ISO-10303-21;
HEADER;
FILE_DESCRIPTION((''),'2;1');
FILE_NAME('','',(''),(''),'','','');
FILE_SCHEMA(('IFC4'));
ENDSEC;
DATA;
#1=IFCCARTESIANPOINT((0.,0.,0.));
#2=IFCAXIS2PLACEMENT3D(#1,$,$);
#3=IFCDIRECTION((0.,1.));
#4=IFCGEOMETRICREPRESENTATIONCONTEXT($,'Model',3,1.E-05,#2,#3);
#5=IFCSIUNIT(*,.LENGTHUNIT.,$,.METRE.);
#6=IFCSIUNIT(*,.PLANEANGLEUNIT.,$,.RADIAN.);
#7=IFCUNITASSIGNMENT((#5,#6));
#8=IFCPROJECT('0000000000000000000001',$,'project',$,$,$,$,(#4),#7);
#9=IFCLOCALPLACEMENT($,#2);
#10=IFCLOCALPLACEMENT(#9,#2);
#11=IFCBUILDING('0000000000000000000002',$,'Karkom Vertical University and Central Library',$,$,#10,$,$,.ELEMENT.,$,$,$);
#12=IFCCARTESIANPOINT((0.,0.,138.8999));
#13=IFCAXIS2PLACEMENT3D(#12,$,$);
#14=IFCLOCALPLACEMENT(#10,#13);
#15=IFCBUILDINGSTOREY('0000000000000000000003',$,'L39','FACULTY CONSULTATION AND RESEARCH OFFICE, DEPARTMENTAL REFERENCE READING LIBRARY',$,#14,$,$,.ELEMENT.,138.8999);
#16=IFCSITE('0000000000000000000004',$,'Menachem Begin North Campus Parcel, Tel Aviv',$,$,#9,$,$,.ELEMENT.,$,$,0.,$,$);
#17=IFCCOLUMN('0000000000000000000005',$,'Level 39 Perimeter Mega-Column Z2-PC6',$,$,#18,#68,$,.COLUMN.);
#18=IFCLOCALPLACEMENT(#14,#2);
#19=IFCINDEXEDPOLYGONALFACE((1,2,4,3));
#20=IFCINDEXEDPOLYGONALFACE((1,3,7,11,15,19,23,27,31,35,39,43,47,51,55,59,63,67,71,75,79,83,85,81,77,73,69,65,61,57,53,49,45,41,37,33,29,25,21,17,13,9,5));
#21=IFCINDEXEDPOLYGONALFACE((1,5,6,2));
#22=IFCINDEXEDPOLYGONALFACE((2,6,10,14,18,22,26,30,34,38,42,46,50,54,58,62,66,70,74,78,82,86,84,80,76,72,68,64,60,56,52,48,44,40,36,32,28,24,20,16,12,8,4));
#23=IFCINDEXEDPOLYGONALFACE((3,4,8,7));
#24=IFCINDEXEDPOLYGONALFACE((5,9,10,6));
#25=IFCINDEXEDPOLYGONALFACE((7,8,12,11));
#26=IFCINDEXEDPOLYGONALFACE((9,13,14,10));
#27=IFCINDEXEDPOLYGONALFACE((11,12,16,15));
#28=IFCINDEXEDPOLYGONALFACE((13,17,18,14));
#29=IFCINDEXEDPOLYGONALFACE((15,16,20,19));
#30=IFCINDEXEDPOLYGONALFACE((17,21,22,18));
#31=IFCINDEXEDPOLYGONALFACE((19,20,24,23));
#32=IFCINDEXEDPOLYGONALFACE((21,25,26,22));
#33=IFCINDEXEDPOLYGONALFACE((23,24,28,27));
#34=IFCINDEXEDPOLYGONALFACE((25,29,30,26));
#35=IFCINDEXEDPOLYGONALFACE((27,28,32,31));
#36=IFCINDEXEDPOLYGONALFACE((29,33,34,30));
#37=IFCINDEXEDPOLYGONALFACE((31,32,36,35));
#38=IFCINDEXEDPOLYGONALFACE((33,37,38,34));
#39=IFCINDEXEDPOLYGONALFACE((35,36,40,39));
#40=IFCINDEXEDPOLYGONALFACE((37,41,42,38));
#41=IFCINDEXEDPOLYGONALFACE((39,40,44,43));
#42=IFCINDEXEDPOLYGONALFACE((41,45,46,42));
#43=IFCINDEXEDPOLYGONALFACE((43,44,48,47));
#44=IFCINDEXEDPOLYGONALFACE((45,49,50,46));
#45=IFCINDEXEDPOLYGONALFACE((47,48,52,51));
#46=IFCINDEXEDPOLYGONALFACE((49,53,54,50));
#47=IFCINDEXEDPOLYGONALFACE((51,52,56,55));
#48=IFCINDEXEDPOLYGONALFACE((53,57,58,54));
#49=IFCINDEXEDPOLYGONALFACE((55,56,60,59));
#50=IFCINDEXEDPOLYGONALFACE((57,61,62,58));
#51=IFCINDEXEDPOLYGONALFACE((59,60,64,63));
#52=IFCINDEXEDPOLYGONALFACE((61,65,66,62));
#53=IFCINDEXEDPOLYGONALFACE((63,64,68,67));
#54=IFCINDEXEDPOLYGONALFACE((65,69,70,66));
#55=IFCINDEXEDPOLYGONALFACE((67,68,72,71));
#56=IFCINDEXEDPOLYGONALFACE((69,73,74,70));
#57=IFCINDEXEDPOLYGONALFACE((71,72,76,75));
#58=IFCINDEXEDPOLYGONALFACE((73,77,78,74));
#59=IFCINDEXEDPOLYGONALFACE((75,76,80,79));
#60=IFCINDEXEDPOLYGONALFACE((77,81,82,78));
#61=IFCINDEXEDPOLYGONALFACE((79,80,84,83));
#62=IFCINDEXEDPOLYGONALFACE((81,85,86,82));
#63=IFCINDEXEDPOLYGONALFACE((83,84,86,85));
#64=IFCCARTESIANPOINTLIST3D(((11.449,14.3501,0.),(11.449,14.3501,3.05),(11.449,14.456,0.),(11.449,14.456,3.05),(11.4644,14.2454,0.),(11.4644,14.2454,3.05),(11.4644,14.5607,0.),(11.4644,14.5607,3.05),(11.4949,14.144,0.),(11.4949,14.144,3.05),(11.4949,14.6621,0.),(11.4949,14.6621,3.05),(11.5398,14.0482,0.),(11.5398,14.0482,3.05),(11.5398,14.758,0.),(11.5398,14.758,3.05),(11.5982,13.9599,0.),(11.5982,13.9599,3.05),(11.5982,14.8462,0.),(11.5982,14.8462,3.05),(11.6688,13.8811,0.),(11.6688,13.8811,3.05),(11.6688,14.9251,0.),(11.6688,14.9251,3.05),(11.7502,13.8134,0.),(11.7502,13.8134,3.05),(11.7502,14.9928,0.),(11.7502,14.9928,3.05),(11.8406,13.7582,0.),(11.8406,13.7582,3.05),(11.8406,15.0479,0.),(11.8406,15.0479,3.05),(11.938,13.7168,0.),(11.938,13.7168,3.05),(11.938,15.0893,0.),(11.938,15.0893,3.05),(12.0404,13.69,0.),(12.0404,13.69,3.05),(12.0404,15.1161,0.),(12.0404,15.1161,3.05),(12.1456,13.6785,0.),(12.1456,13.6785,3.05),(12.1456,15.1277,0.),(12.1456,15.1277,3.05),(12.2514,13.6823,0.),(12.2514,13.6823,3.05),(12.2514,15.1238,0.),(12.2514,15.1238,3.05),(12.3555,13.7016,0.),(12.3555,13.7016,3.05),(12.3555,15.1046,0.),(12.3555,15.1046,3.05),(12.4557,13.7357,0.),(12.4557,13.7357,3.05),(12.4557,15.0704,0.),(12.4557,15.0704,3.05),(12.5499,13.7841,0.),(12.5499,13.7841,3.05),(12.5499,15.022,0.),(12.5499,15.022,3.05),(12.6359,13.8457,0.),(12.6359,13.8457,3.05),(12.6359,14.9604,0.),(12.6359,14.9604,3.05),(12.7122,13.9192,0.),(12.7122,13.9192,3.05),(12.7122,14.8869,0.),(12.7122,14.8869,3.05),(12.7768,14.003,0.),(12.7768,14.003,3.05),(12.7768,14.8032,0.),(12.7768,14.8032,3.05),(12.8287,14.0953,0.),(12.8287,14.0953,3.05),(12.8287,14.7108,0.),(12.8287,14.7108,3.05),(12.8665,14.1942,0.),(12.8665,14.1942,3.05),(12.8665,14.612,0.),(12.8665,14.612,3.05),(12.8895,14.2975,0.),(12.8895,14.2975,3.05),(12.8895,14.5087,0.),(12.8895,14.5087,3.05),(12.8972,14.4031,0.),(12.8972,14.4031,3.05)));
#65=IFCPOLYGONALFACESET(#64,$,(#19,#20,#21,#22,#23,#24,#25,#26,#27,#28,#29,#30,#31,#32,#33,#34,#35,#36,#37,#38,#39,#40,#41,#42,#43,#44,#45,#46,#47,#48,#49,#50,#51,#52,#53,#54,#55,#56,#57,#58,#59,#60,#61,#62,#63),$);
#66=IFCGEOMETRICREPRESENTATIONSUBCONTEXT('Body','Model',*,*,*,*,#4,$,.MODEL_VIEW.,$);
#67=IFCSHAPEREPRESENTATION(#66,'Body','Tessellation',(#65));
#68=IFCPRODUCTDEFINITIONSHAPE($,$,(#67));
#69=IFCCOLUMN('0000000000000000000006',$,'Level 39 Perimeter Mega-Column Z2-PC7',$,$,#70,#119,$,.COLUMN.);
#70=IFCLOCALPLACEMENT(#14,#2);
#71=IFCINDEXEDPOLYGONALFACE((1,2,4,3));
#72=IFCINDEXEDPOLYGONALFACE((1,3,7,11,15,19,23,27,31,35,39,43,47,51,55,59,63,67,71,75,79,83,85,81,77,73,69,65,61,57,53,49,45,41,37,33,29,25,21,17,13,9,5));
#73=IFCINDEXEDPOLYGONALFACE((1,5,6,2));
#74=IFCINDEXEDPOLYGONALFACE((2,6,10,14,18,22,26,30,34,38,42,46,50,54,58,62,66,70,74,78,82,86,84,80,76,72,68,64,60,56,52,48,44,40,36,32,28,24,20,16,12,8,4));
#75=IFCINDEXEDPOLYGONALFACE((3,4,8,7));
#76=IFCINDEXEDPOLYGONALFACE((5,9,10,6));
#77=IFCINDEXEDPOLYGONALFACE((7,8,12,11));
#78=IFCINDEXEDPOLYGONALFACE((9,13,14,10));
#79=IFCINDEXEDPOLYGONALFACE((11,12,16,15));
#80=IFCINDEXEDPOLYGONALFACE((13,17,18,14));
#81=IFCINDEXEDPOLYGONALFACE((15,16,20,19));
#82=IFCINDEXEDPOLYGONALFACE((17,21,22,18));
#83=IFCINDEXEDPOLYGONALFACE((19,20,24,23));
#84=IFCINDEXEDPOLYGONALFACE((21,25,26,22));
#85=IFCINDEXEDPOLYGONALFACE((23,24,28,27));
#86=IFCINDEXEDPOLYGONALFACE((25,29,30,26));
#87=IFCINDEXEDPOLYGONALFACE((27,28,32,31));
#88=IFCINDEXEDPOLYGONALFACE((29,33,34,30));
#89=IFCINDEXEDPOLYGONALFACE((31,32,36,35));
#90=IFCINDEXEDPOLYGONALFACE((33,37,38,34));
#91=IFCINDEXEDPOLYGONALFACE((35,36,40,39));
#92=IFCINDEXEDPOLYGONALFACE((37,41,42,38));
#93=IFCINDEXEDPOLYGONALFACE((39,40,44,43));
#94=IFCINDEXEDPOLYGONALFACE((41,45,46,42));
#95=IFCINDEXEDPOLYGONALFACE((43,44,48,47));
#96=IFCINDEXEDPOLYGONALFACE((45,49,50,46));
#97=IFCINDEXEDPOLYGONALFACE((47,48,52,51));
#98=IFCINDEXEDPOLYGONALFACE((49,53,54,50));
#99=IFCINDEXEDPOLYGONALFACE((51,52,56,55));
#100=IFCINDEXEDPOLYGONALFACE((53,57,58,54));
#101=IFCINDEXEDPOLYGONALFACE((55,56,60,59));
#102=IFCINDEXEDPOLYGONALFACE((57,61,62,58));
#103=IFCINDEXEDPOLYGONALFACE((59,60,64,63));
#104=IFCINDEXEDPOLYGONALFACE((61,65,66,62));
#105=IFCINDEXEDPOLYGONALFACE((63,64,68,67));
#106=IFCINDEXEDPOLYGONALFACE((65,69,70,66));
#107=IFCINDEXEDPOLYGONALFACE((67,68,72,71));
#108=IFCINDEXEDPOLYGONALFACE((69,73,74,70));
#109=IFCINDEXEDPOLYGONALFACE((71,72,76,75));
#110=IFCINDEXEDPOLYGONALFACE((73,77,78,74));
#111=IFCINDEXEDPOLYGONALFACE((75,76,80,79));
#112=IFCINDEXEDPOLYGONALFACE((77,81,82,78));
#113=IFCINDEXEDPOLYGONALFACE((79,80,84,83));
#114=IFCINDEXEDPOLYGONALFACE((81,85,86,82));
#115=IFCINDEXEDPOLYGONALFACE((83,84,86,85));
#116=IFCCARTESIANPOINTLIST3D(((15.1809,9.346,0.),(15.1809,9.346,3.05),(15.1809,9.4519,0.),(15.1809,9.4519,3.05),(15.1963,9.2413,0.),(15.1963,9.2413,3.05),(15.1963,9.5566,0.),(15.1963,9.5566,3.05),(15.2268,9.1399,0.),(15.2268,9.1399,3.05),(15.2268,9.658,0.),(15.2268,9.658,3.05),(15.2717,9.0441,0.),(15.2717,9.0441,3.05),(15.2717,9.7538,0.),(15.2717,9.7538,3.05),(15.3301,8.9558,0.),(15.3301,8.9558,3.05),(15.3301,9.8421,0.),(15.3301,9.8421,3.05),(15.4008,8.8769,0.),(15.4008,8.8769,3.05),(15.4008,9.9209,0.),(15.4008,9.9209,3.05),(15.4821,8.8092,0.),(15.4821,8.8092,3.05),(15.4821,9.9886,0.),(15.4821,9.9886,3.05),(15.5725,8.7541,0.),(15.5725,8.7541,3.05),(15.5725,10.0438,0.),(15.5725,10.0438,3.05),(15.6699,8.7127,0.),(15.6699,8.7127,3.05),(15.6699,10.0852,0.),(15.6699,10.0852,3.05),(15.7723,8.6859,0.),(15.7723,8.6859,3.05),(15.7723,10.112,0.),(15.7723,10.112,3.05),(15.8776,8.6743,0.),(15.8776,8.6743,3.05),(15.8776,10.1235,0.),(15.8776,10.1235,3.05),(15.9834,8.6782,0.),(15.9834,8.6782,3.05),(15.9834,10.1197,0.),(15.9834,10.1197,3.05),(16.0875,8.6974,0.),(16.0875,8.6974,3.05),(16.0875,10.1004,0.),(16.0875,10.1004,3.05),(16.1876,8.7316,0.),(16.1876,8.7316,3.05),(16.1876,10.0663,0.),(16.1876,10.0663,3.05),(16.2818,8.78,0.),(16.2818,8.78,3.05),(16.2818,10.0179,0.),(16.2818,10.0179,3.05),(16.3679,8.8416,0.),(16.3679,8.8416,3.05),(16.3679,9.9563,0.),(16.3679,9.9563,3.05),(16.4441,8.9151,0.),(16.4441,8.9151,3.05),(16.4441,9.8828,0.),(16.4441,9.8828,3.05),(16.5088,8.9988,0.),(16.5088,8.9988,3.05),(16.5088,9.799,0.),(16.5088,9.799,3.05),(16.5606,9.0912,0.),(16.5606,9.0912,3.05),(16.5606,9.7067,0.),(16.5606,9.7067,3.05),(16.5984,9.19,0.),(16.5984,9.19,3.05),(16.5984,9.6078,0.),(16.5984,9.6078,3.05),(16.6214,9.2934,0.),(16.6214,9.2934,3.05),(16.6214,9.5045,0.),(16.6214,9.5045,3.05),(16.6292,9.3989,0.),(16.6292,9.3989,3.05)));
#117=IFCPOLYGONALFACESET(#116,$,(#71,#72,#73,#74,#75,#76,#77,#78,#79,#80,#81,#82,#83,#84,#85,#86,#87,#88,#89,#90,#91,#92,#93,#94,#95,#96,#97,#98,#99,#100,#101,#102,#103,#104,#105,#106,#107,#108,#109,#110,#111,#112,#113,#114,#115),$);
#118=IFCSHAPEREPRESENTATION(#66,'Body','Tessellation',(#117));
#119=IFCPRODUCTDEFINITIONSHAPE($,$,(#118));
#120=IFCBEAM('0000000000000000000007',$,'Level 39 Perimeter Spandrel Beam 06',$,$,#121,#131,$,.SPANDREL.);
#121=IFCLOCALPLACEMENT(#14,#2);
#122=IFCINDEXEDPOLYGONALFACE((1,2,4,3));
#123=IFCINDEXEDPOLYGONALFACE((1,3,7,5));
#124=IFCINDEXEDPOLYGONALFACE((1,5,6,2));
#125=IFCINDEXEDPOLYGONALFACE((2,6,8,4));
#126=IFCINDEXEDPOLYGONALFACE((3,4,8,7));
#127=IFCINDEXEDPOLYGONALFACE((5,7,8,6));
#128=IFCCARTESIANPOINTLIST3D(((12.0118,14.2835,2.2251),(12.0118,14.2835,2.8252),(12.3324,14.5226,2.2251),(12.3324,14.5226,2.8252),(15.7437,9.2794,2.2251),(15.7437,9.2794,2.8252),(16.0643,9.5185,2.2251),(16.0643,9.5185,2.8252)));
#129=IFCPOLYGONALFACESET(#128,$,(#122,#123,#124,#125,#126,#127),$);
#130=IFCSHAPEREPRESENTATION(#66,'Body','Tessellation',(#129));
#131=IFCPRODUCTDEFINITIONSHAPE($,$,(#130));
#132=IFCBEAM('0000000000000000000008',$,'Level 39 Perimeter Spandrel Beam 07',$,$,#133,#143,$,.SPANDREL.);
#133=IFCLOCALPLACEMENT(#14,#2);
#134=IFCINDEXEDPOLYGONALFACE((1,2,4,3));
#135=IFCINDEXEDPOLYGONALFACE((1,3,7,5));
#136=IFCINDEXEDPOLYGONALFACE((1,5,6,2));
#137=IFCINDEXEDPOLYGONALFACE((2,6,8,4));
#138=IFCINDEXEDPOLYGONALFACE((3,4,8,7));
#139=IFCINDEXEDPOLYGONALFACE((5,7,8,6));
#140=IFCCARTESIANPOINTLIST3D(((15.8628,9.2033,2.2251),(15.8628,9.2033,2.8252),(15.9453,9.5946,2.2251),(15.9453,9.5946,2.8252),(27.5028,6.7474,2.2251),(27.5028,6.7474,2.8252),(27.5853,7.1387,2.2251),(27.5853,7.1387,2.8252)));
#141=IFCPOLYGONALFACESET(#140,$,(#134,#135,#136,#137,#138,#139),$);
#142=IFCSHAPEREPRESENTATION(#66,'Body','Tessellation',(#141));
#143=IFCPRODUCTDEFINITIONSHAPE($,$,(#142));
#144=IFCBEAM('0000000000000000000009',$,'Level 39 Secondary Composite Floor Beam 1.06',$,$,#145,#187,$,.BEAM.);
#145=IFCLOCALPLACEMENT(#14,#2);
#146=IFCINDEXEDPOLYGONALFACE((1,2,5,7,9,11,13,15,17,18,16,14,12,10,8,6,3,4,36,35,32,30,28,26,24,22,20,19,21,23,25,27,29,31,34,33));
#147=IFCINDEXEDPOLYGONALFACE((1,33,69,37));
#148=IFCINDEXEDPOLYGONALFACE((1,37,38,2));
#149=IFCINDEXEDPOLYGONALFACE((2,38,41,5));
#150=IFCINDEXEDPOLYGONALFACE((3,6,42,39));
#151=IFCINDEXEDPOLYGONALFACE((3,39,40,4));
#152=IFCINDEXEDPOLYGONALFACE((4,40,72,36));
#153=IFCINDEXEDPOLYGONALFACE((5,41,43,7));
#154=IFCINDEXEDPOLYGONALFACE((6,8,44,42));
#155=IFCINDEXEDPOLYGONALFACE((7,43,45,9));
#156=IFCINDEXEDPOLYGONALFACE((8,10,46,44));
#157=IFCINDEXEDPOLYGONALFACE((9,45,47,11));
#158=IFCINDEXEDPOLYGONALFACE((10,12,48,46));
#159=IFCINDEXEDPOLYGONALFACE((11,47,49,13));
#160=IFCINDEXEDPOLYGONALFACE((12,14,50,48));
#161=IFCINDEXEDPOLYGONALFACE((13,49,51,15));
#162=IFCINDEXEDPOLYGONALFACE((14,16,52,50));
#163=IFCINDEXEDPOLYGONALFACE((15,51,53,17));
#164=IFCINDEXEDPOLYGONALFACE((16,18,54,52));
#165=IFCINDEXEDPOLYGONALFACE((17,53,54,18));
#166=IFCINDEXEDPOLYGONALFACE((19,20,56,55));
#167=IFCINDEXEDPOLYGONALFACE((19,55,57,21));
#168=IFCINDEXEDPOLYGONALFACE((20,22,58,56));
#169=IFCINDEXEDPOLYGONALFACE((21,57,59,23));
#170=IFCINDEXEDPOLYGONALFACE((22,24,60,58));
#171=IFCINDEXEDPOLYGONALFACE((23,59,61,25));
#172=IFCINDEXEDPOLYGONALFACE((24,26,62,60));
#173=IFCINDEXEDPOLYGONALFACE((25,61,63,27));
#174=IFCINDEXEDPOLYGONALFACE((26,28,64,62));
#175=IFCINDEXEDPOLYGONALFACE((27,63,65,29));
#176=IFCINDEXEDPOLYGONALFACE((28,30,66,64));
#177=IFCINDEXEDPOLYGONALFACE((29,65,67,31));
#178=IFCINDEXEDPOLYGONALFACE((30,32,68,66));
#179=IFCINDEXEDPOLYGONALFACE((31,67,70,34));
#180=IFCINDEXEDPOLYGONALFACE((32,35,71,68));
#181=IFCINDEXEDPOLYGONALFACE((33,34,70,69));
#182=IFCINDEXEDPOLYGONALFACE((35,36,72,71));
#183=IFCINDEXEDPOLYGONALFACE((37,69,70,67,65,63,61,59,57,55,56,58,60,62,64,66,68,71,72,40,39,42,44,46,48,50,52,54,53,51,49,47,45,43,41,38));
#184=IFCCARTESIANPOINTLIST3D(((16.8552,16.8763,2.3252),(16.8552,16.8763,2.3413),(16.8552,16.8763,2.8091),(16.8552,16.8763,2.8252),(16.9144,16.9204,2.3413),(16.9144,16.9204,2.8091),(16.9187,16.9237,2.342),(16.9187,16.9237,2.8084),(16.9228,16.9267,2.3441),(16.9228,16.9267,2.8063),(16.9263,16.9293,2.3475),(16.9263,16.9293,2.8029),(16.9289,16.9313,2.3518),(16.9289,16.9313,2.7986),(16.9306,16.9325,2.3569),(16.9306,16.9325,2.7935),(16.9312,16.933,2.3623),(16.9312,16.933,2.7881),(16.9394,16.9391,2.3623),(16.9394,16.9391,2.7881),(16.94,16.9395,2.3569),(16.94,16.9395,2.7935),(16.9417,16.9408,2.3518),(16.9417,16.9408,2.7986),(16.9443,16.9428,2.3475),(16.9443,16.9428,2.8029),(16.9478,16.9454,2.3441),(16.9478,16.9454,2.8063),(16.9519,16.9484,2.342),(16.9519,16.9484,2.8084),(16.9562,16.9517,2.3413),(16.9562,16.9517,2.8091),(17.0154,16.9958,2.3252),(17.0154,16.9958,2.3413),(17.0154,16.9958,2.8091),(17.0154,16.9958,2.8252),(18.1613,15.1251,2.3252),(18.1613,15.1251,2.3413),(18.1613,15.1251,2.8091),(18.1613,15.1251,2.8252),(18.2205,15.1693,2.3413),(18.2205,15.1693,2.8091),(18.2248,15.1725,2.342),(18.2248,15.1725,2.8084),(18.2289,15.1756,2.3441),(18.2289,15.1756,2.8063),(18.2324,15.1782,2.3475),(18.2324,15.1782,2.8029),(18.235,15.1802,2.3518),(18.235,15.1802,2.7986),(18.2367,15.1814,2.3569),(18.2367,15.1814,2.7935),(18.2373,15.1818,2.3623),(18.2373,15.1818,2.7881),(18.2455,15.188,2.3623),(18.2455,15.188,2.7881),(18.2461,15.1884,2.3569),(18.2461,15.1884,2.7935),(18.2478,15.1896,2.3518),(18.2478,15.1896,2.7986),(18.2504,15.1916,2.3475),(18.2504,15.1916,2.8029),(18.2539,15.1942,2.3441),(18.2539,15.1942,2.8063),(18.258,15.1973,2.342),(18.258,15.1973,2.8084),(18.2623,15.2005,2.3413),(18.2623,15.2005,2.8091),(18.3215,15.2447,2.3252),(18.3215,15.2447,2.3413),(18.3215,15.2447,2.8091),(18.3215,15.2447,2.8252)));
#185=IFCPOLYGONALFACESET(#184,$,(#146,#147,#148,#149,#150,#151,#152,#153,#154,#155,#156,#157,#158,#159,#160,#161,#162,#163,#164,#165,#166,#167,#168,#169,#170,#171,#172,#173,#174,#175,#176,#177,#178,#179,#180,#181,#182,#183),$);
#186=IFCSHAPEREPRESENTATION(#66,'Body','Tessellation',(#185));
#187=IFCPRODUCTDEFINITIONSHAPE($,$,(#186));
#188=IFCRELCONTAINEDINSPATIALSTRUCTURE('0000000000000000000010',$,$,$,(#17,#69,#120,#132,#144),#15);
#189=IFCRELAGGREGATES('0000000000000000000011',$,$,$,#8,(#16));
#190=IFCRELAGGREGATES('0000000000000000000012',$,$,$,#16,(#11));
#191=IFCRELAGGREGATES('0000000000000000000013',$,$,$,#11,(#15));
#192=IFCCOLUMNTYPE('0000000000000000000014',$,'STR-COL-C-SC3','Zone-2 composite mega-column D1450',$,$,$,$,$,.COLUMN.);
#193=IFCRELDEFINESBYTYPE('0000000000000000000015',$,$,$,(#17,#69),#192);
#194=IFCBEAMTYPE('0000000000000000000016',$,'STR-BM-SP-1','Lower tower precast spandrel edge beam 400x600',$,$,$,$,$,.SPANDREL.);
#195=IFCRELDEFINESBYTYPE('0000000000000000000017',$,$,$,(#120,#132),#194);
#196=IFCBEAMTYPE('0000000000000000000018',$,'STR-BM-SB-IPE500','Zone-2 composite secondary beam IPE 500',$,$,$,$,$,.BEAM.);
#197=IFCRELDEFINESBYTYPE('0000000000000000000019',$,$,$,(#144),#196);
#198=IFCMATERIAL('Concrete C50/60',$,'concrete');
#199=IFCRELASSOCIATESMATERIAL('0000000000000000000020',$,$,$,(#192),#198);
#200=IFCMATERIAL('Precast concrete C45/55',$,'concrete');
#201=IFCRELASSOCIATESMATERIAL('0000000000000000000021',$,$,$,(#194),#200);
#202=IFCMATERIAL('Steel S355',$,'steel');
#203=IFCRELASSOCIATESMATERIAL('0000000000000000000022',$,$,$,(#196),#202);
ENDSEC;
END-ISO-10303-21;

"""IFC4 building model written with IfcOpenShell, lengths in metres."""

from ifc_helpers import new_model, si_unit, direction, frame, origin, origin_with_axes, origin_2d, place, context, subcontext, project, spatial, rectangle, circle, i_section, extrude, source, transform, mapped, material, material_profile, profile_set, type_object, element, save


model = new_model("IFC4")

# Units and contexts
model_context = context("Model", 3, precision=1e-05, world=origin(), true_north=direction((0.0, 1.0)))
body_context = subcontext(model_context, "Body", "Model", "MODEL_VIEW")
ifc_project = project(units=[si_unit("LENGTHUNIT", "METRE"), si_unit("PLANEANGLEUNIT", "RADIAN")], contexts=[model_context])

# Site, building, storey
site_placement = place(None, origin())
site = spatial("IfcSite", under=ifc_project, at=site_placement, Name="Menachem Begin North Campus Parcel, Tel Aviv", CompositionType="ELEMENT", RefElevation=0.0)
building_placement = place(site_placement, origin())
building = spatial("IfcBuilding", under=site, at=building_placement, Name="Karkom Vertical University and Central Library", CompositionType="ELEMENT")
storey_placement = place(building_placement, frame((0.0, 0.0, 138.8999)))
storey = spatial("IfcBuildingStorey", under=building, at=storey_placement, Name="L39", Description="FACULTY CONSULTATION AND RESEARCH OFFICE, DEPARTMENTAL REFERENCE READING LIBRARY", CompositionType="ELEMENT", Elevation=138.8999)

# Columns
ifc_material_1 = material(Name="Concrete C50/60", Category="concrete")
ifc_material_profile_1 = material_profile(ifc_material_1, circle(Radius=0.7251, at=origin_2d()), Name="CFT-D1450")
ifc_profile_set_1 = profile_set([ifc_material_profile_1], Name="Concrete C50/60")
column_type = type_object("IfcColumnType", Name="STR-COL-C-SC3", Description="Zone-2 composite mega-column D1450", PredefinedType="COLUMN", material=ifc_profile_set_1)
shared_shape_1 = source(origin_with_axes(), body_context, "Body", "SweptSolid", [
    extrude(circle(Radius=0.7251, at=origin_2d()), origin(), (0.0, 0.0, 1.0), 3.05),
])
for number, where, z_axis, x_axis, name in (
    (1, (12.1721, 14.4031, 0.0), (0.0, 0.0, 1.0), (1.0, 0.0, 0.0), "Level 39 Perimeter Mega-Column Z2-PC6"),
    (2, (15.9041, 9.3989, 0.0), (0.0, 0.0, 1.0), (1.0, 0.0, 0.0), "Level 39 Perimeter Mega-Column Z2-PC7"),
):
    element("IfcColumn", number, at=place(storey_placement, frame(where, z_axis=z_axis, x_axis=x_axis)), inside=storey, type_object=column_type, Name=name, PredefinedType="COLUMN", context=body_context, shape_type="MappedRepresentation", body=[
        mapped(shared_shape_1, transform((0.0, 0.0, 0.0), scale=1.0)),
    ])

# Beams
ifc_material_2 = material(Name="Precast concrete C45/55", Category="concrete")
ifc_material_profile_2 = material_profile(ifc_material_2, rectangle(XDim=0.3999, YDim=0.6001, at=origin_2d()), Name="SPB-400x600")
ifc_profile_set_2 = profile_set([ifc_material_profile_2], Name="Precast concrete C45/55")
beam_type_1 = type_object("IfcBeamType", Name="STR-BM-SP-1", Description="Lower tower precast spandrel edge beam 400x600", PredefinedType="SPANDREL", material=ifc_profile_set_2)
shared_shape_2 = source(origin_with_axes(), body_context, "Body", "SweptSolid", [
    extrude(rectangle(XDim=0.3999, YDim=0.6001, at=origin_2d()), origin(), (0.0, 0.0, 1.0), 6.2424),
])
beam_1_placement = place(storey_placement, frame((12.1721, 14.4031, 2.5251), z_axis=(0.597826, -0.801626, 0.0), x_axis=(0.801626, 0.597826, 0.0)))
element("IfcBeam", 3, at=beam_1_placement, inside=storey, type_object=beam_type_1, Name="Level 39 Perimeter Spandrel Beam 06", PredefinedType="SPANDREL", context=body_context, shape_type="MappedRepresentation", body=[
    mapped(shared_shape_2, transform((0.0, 0.0, 0.0), scale=1.0)),
])
shared_shape_3 = source(origin_with_axes(), body_context, "Body", "SweptSolid", [
    extrude(rectangle(XDim=0.3999, YDim=0.6001, at=origin_2d()), origin(), (0.0, 0.0, 1.0), 11.8962),
])
beam_2_placement = place(storey_placement, frame((15.9041, 9.3989, 2.5251), z_axis=(0.97846, -0.206438, 0.0), x_axis=(0.206438, 0.97846, 0.0)))
element("IfcBeam", 4, at=beam_2_placement, inside=storey, type_object=beam_type_1, Name="Level 39 Perimeter Spandrel Beam 07", PredefinedType="SPANDREL", context=body_context, shape_type="MappedRepresentation", body=[
    mapped(shared_shape_3, transform((0.0, 0.0, 0.0), scale=1.0)),
])
ifc_material_3 = material(Name="Steel S355", Category="steel")
ifc_material_profile_3 = material_profile(ifc_material_3, i_section(OverallWidth=0.2, OverallDepth=0.5, WebThickness=0.0103, FlangeThickness=0.0161, FilletRadius=0.021, at=origin_2d()), Name="IPE 500")
ifc_profile_set_3 = profile_set([ifc_material_profile_3], Name="Steel S355")
beam_type_2 = type_object("IfcBeamType", Name="STR-BM-SB-IPE500", Description="Zone-2 composite secondary beam IPE 500", PredefinedType="BEAM", material=ifc_profile_set_3)
shared_shape_4 = source(origin_with_axes(), body_context, "Body", "SweptSolid", [
    extrude(i_section(OverallWidth=0.2, OverallDepth=0.5, WebThickness=0.0103, FlangeThickness=0.0161, FilletRadius=0.021, at=origin_2d()), origin(), (0.0, 0.0, 1.0), 2.1846),
])
beam_3_placement = place(storey_placement, frame((16.9353, 16.936, 2.5752), z_axis=(0.59787, -0.801593, 0.0), x_axis=(0.801593, 0.59787, 0.0)))
element("IfcBeam", 5, at=beam_3_placement, inside=storey, type_object=beam_type_2, Name="Level 39 Secondary Composite Floor Beam 1.06", PredefinedType="BEAM", context=body_context, shape_type="MappedRepresentation", body=[
    mapped(shared_shape_4, transform((0.0, 0.0, 0.0), scale=1.0)),
])

save(model, "model.ifc")
